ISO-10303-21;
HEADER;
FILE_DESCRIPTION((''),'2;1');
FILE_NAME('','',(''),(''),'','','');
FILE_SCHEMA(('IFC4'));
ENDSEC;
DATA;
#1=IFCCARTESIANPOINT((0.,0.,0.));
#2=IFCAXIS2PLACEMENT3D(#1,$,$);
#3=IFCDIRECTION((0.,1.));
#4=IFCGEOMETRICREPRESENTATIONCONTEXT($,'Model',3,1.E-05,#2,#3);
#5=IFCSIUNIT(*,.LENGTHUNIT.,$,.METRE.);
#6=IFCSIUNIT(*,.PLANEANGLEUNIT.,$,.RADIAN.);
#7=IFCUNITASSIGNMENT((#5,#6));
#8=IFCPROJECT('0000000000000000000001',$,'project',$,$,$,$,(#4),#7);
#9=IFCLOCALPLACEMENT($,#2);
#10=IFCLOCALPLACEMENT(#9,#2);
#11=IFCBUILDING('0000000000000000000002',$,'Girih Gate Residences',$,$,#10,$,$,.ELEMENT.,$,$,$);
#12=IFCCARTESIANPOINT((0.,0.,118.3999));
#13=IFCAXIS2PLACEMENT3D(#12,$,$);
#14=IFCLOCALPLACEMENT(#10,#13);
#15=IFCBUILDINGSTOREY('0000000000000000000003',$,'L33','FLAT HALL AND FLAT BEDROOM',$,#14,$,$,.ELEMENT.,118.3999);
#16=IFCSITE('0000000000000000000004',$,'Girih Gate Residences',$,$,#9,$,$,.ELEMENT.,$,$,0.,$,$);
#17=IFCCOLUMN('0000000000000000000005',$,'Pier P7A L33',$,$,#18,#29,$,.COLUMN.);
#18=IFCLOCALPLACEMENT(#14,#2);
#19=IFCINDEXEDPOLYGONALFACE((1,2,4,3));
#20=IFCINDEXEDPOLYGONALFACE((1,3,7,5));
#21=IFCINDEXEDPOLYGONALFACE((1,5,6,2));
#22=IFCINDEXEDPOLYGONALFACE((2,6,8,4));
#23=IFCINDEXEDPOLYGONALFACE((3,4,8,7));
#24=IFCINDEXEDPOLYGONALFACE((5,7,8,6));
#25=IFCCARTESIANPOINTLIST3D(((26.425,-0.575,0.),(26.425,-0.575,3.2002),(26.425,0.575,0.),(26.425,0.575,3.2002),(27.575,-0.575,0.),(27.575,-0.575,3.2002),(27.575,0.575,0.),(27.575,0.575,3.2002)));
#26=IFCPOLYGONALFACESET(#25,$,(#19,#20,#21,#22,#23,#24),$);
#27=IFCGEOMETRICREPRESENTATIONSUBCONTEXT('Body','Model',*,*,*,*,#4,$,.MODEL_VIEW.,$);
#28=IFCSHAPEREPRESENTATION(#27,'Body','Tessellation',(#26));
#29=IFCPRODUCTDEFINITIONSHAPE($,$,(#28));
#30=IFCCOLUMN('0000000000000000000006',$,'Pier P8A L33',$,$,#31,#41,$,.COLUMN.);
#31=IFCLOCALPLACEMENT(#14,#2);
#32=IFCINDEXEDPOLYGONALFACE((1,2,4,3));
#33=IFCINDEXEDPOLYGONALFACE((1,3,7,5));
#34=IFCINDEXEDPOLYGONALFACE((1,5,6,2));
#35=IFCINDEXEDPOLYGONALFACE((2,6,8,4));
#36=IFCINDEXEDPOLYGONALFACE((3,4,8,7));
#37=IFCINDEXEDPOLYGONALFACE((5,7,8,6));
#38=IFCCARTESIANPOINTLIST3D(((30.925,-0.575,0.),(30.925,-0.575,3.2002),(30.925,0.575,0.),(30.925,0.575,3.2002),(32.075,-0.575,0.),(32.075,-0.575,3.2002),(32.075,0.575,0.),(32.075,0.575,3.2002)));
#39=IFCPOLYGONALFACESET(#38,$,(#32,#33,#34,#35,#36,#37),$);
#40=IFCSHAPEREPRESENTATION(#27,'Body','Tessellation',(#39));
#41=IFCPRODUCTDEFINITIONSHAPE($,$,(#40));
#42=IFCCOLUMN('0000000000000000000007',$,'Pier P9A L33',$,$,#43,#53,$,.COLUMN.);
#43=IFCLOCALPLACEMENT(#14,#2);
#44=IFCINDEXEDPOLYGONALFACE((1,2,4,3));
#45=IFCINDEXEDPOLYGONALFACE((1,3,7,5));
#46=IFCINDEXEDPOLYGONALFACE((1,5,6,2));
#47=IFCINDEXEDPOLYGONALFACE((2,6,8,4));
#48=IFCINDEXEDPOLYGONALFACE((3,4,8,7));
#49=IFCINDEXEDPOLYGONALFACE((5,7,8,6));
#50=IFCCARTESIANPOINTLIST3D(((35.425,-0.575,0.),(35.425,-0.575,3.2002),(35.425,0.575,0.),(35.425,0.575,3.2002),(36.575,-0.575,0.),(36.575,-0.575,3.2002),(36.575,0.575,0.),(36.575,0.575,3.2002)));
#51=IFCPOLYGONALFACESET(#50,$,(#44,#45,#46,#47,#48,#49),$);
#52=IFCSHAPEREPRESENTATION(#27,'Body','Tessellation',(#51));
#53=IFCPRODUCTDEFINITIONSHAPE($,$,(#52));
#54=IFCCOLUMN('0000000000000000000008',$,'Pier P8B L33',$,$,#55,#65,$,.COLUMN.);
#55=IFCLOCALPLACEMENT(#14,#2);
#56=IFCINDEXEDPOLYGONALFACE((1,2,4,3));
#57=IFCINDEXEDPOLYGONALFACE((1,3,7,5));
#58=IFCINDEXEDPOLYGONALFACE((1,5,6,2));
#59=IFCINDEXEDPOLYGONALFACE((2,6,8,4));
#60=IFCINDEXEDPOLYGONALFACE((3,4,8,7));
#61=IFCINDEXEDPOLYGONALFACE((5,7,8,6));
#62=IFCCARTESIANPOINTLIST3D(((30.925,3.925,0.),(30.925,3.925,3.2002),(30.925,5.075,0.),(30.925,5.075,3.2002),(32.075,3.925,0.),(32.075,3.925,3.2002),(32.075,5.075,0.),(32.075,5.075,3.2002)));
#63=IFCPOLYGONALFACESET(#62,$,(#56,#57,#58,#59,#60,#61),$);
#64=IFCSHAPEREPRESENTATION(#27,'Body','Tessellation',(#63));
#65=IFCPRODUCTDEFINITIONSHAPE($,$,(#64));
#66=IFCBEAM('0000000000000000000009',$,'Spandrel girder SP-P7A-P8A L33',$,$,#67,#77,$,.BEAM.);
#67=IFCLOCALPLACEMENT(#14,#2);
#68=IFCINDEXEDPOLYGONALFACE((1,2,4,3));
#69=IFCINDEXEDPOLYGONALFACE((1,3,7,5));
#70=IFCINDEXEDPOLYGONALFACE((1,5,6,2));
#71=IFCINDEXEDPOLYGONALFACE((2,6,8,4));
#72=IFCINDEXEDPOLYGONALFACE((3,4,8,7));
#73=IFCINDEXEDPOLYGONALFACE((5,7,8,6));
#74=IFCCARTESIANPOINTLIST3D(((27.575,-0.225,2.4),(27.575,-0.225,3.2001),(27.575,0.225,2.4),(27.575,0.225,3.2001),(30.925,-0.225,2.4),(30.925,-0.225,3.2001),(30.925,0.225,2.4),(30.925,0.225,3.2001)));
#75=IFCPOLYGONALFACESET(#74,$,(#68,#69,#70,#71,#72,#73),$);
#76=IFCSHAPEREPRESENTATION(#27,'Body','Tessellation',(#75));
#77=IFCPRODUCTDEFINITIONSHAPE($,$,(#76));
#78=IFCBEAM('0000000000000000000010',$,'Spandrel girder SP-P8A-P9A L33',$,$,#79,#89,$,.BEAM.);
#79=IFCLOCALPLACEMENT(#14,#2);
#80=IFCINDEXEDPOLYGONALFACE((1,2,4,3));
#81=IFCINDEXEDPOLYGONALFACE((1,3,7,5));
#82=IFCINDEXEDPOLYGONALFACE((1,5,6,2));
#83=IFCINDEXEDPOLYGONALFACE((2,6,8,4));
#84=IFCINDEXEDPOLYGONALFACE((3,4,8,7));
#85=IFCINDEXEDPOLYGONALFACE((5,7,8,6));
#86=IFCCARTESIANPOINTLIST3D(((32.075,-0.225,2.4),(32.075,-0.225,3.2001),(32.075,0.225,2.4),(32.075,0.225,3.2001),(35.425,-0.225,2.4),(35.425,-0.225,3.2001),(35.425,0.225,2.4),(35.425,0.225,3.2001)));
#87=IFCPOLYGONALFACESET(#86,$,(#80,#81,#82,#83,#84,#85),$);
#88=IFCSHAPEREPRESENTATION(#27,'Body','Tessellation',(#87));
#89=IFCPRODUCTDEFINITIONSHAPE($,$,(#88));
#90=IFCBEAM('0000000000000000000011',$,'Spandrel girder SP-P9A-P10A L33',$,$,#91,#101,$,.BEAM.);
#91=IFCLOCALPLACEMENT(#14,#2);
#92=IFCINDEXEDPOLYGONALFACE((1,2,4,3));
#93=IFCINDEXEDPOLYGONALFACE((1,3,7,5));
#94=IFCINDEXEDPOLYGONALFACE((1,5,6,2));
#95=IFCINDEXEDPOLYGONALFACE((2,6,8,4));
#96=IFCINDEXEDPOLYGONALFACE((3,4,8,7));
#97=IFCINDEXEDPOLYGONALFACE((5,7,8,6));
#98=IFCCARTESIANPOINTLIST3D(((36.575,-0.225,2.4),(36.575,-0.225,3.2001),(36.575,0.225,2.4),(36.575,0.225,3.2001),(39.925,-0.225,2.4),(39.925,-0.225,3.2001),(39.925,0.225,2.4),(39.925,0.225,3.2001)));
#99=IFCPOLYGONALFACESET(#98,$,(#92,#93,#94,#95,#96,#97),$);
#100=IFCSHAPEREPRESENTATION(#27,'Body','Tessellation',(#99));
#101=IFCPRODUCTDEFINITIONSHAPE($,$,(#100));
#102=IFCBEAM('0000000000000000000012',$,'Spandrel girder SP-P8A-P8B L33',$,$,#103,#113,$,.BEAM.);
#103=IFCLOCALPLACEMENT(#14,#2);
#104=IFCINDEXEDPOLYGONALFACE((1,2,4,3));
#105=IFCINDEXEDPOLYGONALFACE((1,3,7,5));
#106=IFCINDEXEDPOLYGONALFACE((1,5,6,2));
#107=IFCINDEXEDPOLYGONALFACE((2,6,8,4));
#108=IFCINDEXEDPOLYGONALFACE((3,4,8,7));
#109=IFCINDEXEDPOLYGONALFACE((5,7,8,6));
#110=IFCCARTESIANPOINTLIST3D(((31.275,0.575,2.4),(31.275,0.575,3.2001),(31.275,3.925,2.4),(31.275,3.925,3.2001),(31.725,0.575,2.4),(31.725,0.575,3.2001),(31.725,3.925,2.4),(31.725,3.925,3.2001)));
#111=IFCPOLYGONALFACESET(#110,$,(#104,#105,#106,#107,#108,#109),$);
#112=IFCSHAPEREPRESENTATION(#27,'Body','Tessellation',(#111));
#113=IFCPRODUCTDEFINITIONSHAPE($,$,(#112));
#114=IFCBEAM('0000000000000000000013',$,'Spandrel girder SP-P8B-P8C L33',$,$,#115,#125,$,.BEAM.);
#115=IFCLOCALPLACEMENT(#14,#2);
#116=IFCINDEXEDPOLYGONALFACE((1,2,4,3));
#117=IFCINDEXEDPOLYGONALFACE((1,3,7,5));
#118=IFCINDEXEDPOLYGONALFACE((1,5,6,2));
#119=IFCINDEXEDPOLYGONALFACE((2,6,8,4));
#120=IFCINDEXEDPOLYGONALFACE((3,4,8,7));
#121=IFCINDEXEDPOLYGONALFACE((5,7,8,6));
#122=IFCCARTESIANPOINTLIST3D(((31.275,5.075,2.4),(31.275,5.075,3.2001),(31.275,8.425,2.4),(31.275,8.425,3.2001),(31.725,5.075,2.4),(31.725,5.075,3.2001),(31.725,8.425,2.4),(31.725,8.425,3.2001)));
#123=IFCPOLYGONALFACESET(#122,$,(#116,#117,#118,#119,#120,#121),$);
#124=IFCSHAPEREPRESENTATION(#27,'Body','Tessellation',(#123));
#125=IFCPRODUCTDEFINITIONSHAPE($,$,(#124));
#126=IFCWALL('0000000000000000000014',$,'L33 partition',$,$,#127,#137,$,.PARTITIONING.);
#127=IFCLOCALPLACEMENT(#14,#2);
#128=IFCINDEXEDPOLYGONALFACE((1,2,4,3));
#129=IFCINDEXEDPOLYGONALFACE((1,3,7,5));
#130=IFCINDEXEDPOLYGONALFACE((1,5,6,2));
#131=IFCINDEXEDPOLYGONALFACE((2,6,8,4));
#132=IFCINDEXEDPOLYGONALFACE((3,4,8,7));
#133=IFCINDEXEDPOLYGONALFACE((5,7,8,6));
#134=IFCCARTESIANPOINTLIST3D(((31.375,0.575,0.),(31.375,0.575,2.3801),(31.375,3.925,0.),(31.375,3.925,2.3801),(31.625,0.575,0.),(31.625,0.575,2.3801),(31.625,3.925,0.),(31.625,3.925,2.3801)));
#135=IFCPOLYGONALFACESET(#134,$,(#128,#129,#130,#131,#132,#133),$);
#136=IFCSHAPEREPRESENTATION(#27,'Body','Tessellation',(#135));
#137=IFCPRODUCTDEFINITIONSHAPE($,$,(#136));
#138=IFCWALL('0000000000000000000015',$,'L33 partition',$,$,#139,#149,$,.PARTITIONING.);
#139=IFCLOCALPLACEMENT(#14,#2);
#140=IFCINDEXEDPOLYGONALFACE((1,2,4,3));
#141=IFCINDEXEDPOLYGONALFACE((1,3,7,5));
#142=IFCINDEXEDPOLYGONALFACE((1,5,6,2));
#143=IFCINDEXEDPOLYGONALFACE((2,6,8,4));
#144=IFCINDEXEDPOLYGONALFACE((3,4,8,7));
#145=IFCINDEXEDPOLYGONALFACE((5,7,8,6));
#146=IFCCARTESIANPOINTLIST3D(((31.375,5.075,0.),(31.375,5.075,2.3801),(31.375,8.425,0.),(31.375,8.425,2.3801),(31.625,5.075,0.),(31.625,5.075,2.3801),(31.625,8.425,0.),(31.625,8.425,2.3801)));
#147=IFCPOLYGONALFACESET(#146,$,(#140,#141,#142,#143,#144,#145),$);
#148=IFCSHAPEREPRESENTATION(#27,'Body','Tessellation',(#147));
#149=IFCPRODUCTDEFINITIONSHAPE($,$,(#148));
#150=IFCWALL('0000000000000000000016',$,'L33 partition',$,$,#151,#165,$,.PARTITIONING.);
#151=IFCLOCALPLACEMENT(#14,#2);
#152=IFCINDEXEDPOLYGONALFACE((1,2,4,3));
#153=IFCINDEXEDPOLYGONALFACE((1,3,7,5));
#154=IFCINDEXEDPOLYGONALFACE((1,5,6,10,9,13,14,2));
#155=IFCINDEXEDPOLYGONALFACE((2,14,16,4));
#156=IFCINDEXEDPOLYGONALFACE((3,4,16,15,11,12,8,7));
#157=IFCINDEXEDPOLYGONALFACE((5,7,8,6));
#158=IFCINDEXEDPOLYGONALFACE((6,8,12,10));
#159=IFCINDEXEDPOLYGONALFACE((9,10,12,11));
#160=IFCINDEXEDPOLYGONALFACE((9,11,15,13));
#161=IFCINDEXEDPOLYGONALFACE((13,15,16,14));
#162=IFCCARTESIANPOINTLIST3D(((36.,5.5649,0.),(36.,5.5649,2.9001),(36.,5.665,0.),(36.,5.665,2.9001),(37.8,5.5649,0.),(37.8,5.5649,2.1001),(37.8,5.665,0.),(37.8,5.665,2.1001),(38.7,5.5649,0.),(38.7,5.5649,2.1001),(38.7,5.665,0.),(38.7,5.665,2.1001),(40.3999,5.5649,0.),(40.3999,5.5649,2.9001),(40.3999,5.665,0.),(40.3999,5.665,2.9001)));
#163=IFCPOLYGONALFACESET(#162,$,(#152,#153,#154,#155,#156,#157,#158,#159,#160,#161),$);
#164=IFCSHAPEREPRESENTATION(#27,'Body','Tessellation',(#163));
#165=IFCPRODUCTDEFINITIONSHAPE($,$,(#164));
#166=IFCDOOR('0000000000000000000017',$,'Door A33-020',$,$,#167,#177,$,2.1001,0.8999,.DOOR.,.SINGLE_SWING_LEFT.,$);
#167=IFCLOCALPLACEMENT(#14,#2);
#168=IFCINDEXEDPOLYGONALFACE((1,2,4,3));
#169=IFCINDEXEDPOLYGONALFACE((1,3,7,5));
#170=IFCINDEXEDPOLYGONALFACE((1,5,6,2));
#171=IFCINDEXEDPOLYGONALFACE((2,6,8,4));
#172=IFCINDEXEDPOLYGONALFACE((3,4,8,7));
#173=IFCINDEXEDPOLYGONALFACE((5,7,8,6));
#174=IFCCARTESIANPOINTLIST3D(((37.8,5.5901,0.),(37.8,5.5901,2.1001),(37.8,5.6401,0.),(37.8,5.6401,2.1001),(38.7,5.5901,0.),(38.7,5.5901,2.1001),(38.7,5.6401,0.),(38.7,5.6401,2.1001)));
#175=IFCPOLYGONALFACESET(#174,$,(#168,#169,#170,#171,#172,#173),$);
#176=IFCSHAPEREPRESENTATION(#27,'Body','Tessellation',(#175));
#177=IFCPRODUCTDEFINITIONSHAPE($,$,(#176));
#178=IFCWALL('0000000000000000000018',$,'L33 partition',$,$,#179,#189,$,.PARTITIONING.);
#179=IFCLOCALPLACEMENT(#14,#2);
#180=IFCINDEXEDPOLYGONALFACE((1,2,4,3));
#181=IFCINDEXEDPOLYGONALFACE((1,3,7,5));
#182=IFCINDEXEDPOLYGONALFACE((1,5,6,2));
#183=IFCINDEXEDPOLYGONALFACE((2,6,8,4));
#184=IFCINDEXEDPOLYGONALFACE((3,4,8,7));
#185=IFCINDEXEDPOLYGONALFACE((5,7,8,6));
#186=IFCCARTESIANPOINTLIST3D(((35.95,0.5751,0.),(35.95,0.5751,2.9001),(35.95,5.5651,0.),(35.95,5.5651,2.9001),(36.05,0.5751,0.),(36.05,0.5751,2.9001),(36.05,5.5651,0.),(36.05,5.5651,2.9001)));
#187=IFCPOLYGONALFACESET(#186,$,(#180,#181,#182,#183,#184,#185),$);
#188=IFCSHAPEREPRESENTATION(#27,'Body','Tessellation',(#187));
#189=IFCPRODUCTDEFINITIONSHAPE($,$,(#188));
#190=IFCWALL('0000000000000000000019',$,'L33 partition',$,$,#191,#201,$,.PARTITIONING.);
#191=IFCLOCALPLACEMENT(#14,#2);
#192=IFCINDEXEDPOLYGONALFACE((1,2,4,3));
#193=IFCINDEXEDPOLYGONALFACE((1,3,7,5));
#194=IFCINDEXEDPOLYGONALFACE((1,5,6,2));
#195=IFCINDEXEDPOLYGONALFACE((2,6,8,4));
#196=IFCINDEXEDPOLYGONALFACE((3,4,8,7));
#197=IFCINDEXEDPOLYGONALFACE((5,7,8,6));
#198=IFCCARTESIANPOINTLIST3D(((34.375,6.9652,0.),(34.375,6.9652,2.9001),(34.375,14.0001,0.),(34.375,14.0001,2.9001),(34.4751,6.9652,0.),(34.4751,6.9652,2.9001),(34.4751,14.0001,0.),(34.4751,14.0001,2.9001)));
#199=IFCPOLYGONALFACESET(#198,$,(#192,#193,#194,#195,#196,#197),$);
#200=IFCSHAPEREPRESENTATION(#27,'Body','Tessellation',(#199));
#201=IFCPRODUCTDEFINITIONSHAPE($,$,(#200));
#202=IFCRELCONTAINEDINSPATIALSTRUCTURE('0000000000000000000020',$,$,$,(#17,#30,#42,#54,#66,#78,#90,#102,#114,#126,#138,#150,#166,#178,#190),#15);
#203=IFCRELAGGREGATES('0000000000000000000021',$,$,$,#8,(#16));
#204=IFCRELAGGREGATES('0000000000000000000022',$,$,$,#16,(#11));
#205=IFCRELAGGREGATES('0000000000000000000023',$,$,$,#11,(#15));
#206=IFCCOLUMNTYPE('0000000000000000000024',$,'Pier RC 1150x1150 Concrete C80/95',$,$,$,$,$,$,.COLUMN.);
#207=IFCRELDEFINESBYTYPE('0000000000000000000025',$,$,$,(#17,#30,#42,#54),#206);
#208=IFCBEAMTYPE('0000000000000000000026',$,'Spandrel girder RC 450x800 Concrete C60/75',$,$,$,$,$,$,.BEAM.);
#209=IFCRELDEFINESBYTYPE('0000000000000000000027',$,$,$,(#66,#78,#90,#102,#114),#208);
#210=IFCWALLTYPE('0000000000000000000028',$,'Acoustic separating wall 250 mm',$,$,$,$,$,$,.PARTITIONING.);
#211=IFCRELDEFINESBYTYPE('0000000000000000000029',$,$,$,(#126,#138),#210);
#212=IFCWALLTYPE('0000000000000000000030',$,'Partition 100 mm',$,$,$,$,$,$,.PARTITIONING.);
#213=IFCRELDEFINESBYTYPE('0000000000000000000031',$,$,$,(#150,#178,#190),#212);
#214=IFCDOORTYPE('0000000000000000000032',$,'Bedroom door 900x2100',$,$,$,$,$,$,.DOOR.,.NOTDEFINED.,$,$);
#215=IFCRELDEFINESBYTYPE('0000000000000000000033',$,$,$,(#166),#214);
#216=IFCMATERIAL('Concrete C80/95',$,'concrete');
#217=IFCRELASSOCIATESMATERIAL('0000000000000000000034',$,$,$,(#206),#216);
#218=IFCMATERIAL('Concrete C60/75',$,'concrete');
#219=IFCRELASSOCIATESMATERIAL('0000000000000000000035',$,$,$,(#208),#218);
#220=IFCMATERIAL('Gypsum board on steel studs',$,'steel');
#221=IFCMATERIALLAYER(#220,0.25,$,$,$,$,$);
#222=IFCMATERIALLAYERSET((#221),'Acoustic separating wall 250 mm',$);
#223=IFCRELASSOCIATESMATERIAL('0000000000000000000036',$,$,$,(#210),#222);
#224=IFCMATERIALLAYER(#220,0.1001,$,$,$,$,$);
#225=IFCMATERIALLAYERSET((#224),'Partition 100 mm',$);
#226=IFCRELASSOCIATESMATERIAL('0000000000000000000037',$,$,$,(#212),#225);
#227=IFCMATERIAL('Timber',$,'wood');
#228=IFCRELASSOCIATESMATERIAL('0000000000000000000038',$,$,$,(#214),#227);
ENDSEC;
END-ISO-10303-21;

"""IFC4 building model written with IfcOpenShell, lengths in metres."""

from ifc_helpers import new_model, si_unit, direction, frame, frame_2d, origin, origin_2d, place, context, subcontext, project, spatial, rectangle, extrude, material, layer, layer_set, material_profile, profile_set, type_object, element, fill, save


model = new_model("IFC4")

# Units and contexts
model_context = context("Model", 3, precision=1e-05, world=origin(), true_north=direction((0.0, 1.0)))
body_context = subcontext(model_context, "Body", "Model", "MODEL_VIEW")
ifc_project = project(units=[si_unit("LENGTHUNIT", "METRE"), si_unit("PLANEANGLEUNIT", "RADIAN")], contexts=[model_context])

# Site, building, storey
site_placement = place(None, origin())
site = spatial("IfcSite", under=ifc_project, at=site_placement, Name="Girih Gate Residences", CompositionType="ELEMENT", RefElevation=0.0)
building_placement = place(site_placement, origin())
building = spatial("IfcBuilding", under=site, at=building_placement, Name="Girih Gate Residences", CompositionType="ELEMENT")
storey_placement = place(building_placement, frame((0.0, 0.0, 118.3999)))
storey = spatial("IfcBuildingStorey", under=building, at=storey_placement, Name="L33", Description="FLAT HALL AND FLAT BEDROOM", CompositionType="ELEMENT", Elevation=118.3999)

# Columns
ifc_material_1 = material(Name="Concrete C80/95", Category="concrete")
ifc_material_profile_1 = material_profile(ifc_material_1, rectangle(XDim=1.1499, YDim=1.1499, at=origin_2d()))
ifc_profile_set_1 = profile_set([ifc_material_profile_1], Name="Concrete C80/95")
column_type = type_object("IfcColumnType", Name="Pier RC 1150x1150 Concrete C80/95", PredefinedType="COLUMN", material=ifc_profile_set_1)
for number, where, z_axis, x_axis, name in (
    (1, (27.0, 0.0, 0.0), (0.0, 0.0, 1.0), (1.0, 0.0, 0.0), "Pier P7A L33"),
    (2, (31.5, 0.0, 0.0), (0.0, 0.0, 1.0), (1.0, 0.0, 0.0), "Pier P8A L33"),
    (3, (36.0, 0.0, 0.0), (0.0, 0.0, 1.0), (1.0, 0.0, 0.0), "Pier P9A L33"),
    (4, (31.5, 4.5, 0.0), (0.0, 0.0, 1.0), (1.0, 0.0, 0.0), "Pier P8B L33"),
):
    element("IfcColumn", number, at=place(storey_placement, frame(where, z_axis=z_axis, x_axis=x_axis)), inside=storey, type_object=column_type, Name=name, PredefinedType="COLUMN", context=body_context, shape_type="SweptSolid", body=[
        extrude(rectangle(XDim=1.1499, YDim=1.1499, at=origin_2d()), origin(), (0.0, 0.0, 1.0), 3.2002),
    ])

# Beams
ifc_material_2 = material(Name="Concrete C60/75", Category="concrete")
ifc_material_profile_2 = material_profile(ifc_material_2, rectangle(XDim=0.45, YDim=0.8, at=origin_2d()))
ifc_profile_set_2 = profile_set([ifc_material_profile_2], Name="Concrete C60/75")
beam_type = type_object("IfcBeamType", Name="Spandrel girder RC 450x800 Concrete C60/75", PredefinedType="BEAM", material=ifc_profile_set_2)
for number, where, z_axis, x_axis, name in (
    (5, (27.575, 0.0, 2.8), (1.0, 0.0, 0.0), (0.0, 1.0, 0.0), "Spandrel girder SP-P7A-P8A L33"),
    (6, (32.075, 0.0, 2.8), (1.0, 0.0, 0.0), (0.0, 1.0, 0.0), "Spandrel girder SP-P8A-P9A L33"),
    (7, (36.575, 0.0, 2.8), (1.0, 0.0, 0.0), (0.0, 1.0, 0.0), "Spandrel girder SP-P9A-P10A L33"),
    (8, (31.5, 0.575, 2.8), (0.0, 1.0, 0.0), (-1.0, 0.0, 0.0), "Spandrel girder SP-P8A-P8B L33"),
    (9, (31.5, 5.075, 2.8), (0.0, 1.0, 0.0), (-1.0, 0.0, 0.0), "Spandrel girder SP-P8B-P8C L33"),
):
    element("IfcBeam", number, at=place(storey_placement, frame(where, z_axis=z_axis, x_axis=x_axis)), inside=storey, type_object=beam_type, Name=name, PredefinedType="BEAM", context=body_context, shape_type="SweptSolid", body=[
        extrude(rectangle(XDim=0.45, YDim=0.8, at=origin_2d()), origin(), (0.0, 0.0, 1.0), 3.3501),
    ])

# Walls
ifc_material_3 = material(Name="Gypsum board on steel studs", Category="steel")
ifc_layer_1 = layer(ifc_material_3, 0.25)
ifc_layer_set_1 = layer_set([ifc_layer_1], Name="Acoustic separating wall 250 mm")
wall_type_1 = type_object("IfcWallType", Name="Acoustic separating wall 250 mm", PredefinedType="PARTITIONING", material=ifc_layer_set_1)
for number, where, z_axis, x_axis, name in (
    (10, (31.5, 0.575, 0.0), (0.0, 0.0, 1.0), (0.0, 1.0, 0.0), "L33 partition"),
    (11, (31.5, 5.075, 0.0), (0.0, 0.0, 1.0), (0.0, 1.0, 0.0), "L33 partition"),
):
    element("IfcWall", number, at=place(storey_placement, frame(where, z_axis=z_axis, x_axis=x_axis)), inside=storey, type_object=wall_type_1, Name=name, PredefinedType="PARTITIONING", context=body_context, shape_type="SweptSolid", body=[
        extrude(rectangle(XDim=3.3501, YDim=0.25, at=frame_2d((1.675, 0.0))), origin(), (0.0, 0.0, 1.0), 2.3801),
    ])

# Wall, opening, door
ifc_layer_2 = layer(ifc_material_3, 0.1001)
ifc_layer_set_2 = layer_set([ifc_layer_2], Name="Partition 100 mm")
wall_type_2 = type_object("IfcWallType", Name="Partition 100 mm", PredefinedType="PARTITIONING", material=ifc_layer_set_2)
wall_1_placement = place(storey_placement, frame((40.3999, 5.615, 0.0), z_axis=(0.0, 0.0, 1.0), x_axis=(-1.0, 0.0, 0.0)))
wall_1 = element("IfcWall", 12, at=wall_1_placement, inside=storey, type_object=wall_type_2, Name="L33 partition", PredefinedType="PARTITIONING", context=body_context, shape_type="SweptSolid", body=[
    extrude(rectangle(XDim=4.3999, YDim=0.1001, at=frame_2d((2.2, 0.0))), origin(), (0.0, 0.0, 1.0), 2.9001),
])
opening_1_placement = place(wall_1_placement, frame((1.7, 0.0, 0.0)))
opening_1 = element("IfcOpeningElement", 13, at=opening_1_placement, cuts=wall_1, PredefinedType="OPENING", context=body_context, shape_type="SweptSolid", body=[
    extrude(rectangle(XDim=0.8999, YDim=2.1001, at=frame_2d((0.45, 1.05))), frame((0.0, 0.0601, 0.0), z_axis=(0.0, -1.0, 0.0), x_axis=(1.0, 0.0, 0.0)), (0.0, 0.0, 1.0), 0.1201),
])
ifc_material_4 = material(Name="Timber", Category="wood")
door_type_1 = type_object("IfcDoorType", Name="Bedroom door 900x2100", OperationType="NOTDEFINED", PredefinedType="DOOR", material=ifc_material_4)
door_1_placement = place(opening_1_placement, origin())
door_1 = element("IfcDoor", 14, at=door_1_placement, inside=storey, type_object=door_type_1, Name="Door A33-020", OperationType="SINGLE_SWING_LEFT", OverallHeight=2.1001, OverallWidth=0.8999, PredefinedType="DOOR", context=body_context, shape_type="SweptSolid", body=[
    extrude(rectangle(XDim=0.8999, YDim=2.1001, at=frame_2d((0.45, 1.05))), frame((0.0, 0.0249, 0.0), z_axis=(0.0, -1.0, 0.0), x_axis=(1.0, 0.0, 0.0)), (0.0, 0.0, 1.0), 0.05),
])
fill(opening_1, door_1)

# Walls
wall_2_placement = place(storey_placement, frame((36.0, 0.575, 0.0), z_axis=(0.0, 0.0, 1.0), x_axis=(0.0, 1.0, 0.0)))
element("IfcWall", 15, at=wall_2_placement, inside=storey, type_object=wall_type_2, Name="L33 partition", PredefinedType="PARTITIONING", context=body_context, shape_type="SweptSolid", body=[
    extrude(rectangle(XDim=4.99, YDim=0.1001, at=frame_2d((2.4951, 0.0))), origin(), (0.0, 0.0, 1.0), 2.9001),
])
wall_3_placement = place(storey_placement, frame((34.425, 6.9651, 0.0), z_axis=(0.0, 0.0, 1.0), x_axis=(0.0, 1.0, 0.0)))
element("IfcWall", 16, at=wall_3_placement, inside=storey, type_object=wall_type_2, Name="L33 partition", PredefinedType="PARTITIONING", context=body_context, shape_type="SweptSolid", body=[
    extrude(rectangle(XDim=7.0349, YDim=0.1001, at=frame_2d((3.5176, 0.0))), origin(), (0.0, 0.0, 1.0), 2.9001),
])

save(model, "model.ifc")
